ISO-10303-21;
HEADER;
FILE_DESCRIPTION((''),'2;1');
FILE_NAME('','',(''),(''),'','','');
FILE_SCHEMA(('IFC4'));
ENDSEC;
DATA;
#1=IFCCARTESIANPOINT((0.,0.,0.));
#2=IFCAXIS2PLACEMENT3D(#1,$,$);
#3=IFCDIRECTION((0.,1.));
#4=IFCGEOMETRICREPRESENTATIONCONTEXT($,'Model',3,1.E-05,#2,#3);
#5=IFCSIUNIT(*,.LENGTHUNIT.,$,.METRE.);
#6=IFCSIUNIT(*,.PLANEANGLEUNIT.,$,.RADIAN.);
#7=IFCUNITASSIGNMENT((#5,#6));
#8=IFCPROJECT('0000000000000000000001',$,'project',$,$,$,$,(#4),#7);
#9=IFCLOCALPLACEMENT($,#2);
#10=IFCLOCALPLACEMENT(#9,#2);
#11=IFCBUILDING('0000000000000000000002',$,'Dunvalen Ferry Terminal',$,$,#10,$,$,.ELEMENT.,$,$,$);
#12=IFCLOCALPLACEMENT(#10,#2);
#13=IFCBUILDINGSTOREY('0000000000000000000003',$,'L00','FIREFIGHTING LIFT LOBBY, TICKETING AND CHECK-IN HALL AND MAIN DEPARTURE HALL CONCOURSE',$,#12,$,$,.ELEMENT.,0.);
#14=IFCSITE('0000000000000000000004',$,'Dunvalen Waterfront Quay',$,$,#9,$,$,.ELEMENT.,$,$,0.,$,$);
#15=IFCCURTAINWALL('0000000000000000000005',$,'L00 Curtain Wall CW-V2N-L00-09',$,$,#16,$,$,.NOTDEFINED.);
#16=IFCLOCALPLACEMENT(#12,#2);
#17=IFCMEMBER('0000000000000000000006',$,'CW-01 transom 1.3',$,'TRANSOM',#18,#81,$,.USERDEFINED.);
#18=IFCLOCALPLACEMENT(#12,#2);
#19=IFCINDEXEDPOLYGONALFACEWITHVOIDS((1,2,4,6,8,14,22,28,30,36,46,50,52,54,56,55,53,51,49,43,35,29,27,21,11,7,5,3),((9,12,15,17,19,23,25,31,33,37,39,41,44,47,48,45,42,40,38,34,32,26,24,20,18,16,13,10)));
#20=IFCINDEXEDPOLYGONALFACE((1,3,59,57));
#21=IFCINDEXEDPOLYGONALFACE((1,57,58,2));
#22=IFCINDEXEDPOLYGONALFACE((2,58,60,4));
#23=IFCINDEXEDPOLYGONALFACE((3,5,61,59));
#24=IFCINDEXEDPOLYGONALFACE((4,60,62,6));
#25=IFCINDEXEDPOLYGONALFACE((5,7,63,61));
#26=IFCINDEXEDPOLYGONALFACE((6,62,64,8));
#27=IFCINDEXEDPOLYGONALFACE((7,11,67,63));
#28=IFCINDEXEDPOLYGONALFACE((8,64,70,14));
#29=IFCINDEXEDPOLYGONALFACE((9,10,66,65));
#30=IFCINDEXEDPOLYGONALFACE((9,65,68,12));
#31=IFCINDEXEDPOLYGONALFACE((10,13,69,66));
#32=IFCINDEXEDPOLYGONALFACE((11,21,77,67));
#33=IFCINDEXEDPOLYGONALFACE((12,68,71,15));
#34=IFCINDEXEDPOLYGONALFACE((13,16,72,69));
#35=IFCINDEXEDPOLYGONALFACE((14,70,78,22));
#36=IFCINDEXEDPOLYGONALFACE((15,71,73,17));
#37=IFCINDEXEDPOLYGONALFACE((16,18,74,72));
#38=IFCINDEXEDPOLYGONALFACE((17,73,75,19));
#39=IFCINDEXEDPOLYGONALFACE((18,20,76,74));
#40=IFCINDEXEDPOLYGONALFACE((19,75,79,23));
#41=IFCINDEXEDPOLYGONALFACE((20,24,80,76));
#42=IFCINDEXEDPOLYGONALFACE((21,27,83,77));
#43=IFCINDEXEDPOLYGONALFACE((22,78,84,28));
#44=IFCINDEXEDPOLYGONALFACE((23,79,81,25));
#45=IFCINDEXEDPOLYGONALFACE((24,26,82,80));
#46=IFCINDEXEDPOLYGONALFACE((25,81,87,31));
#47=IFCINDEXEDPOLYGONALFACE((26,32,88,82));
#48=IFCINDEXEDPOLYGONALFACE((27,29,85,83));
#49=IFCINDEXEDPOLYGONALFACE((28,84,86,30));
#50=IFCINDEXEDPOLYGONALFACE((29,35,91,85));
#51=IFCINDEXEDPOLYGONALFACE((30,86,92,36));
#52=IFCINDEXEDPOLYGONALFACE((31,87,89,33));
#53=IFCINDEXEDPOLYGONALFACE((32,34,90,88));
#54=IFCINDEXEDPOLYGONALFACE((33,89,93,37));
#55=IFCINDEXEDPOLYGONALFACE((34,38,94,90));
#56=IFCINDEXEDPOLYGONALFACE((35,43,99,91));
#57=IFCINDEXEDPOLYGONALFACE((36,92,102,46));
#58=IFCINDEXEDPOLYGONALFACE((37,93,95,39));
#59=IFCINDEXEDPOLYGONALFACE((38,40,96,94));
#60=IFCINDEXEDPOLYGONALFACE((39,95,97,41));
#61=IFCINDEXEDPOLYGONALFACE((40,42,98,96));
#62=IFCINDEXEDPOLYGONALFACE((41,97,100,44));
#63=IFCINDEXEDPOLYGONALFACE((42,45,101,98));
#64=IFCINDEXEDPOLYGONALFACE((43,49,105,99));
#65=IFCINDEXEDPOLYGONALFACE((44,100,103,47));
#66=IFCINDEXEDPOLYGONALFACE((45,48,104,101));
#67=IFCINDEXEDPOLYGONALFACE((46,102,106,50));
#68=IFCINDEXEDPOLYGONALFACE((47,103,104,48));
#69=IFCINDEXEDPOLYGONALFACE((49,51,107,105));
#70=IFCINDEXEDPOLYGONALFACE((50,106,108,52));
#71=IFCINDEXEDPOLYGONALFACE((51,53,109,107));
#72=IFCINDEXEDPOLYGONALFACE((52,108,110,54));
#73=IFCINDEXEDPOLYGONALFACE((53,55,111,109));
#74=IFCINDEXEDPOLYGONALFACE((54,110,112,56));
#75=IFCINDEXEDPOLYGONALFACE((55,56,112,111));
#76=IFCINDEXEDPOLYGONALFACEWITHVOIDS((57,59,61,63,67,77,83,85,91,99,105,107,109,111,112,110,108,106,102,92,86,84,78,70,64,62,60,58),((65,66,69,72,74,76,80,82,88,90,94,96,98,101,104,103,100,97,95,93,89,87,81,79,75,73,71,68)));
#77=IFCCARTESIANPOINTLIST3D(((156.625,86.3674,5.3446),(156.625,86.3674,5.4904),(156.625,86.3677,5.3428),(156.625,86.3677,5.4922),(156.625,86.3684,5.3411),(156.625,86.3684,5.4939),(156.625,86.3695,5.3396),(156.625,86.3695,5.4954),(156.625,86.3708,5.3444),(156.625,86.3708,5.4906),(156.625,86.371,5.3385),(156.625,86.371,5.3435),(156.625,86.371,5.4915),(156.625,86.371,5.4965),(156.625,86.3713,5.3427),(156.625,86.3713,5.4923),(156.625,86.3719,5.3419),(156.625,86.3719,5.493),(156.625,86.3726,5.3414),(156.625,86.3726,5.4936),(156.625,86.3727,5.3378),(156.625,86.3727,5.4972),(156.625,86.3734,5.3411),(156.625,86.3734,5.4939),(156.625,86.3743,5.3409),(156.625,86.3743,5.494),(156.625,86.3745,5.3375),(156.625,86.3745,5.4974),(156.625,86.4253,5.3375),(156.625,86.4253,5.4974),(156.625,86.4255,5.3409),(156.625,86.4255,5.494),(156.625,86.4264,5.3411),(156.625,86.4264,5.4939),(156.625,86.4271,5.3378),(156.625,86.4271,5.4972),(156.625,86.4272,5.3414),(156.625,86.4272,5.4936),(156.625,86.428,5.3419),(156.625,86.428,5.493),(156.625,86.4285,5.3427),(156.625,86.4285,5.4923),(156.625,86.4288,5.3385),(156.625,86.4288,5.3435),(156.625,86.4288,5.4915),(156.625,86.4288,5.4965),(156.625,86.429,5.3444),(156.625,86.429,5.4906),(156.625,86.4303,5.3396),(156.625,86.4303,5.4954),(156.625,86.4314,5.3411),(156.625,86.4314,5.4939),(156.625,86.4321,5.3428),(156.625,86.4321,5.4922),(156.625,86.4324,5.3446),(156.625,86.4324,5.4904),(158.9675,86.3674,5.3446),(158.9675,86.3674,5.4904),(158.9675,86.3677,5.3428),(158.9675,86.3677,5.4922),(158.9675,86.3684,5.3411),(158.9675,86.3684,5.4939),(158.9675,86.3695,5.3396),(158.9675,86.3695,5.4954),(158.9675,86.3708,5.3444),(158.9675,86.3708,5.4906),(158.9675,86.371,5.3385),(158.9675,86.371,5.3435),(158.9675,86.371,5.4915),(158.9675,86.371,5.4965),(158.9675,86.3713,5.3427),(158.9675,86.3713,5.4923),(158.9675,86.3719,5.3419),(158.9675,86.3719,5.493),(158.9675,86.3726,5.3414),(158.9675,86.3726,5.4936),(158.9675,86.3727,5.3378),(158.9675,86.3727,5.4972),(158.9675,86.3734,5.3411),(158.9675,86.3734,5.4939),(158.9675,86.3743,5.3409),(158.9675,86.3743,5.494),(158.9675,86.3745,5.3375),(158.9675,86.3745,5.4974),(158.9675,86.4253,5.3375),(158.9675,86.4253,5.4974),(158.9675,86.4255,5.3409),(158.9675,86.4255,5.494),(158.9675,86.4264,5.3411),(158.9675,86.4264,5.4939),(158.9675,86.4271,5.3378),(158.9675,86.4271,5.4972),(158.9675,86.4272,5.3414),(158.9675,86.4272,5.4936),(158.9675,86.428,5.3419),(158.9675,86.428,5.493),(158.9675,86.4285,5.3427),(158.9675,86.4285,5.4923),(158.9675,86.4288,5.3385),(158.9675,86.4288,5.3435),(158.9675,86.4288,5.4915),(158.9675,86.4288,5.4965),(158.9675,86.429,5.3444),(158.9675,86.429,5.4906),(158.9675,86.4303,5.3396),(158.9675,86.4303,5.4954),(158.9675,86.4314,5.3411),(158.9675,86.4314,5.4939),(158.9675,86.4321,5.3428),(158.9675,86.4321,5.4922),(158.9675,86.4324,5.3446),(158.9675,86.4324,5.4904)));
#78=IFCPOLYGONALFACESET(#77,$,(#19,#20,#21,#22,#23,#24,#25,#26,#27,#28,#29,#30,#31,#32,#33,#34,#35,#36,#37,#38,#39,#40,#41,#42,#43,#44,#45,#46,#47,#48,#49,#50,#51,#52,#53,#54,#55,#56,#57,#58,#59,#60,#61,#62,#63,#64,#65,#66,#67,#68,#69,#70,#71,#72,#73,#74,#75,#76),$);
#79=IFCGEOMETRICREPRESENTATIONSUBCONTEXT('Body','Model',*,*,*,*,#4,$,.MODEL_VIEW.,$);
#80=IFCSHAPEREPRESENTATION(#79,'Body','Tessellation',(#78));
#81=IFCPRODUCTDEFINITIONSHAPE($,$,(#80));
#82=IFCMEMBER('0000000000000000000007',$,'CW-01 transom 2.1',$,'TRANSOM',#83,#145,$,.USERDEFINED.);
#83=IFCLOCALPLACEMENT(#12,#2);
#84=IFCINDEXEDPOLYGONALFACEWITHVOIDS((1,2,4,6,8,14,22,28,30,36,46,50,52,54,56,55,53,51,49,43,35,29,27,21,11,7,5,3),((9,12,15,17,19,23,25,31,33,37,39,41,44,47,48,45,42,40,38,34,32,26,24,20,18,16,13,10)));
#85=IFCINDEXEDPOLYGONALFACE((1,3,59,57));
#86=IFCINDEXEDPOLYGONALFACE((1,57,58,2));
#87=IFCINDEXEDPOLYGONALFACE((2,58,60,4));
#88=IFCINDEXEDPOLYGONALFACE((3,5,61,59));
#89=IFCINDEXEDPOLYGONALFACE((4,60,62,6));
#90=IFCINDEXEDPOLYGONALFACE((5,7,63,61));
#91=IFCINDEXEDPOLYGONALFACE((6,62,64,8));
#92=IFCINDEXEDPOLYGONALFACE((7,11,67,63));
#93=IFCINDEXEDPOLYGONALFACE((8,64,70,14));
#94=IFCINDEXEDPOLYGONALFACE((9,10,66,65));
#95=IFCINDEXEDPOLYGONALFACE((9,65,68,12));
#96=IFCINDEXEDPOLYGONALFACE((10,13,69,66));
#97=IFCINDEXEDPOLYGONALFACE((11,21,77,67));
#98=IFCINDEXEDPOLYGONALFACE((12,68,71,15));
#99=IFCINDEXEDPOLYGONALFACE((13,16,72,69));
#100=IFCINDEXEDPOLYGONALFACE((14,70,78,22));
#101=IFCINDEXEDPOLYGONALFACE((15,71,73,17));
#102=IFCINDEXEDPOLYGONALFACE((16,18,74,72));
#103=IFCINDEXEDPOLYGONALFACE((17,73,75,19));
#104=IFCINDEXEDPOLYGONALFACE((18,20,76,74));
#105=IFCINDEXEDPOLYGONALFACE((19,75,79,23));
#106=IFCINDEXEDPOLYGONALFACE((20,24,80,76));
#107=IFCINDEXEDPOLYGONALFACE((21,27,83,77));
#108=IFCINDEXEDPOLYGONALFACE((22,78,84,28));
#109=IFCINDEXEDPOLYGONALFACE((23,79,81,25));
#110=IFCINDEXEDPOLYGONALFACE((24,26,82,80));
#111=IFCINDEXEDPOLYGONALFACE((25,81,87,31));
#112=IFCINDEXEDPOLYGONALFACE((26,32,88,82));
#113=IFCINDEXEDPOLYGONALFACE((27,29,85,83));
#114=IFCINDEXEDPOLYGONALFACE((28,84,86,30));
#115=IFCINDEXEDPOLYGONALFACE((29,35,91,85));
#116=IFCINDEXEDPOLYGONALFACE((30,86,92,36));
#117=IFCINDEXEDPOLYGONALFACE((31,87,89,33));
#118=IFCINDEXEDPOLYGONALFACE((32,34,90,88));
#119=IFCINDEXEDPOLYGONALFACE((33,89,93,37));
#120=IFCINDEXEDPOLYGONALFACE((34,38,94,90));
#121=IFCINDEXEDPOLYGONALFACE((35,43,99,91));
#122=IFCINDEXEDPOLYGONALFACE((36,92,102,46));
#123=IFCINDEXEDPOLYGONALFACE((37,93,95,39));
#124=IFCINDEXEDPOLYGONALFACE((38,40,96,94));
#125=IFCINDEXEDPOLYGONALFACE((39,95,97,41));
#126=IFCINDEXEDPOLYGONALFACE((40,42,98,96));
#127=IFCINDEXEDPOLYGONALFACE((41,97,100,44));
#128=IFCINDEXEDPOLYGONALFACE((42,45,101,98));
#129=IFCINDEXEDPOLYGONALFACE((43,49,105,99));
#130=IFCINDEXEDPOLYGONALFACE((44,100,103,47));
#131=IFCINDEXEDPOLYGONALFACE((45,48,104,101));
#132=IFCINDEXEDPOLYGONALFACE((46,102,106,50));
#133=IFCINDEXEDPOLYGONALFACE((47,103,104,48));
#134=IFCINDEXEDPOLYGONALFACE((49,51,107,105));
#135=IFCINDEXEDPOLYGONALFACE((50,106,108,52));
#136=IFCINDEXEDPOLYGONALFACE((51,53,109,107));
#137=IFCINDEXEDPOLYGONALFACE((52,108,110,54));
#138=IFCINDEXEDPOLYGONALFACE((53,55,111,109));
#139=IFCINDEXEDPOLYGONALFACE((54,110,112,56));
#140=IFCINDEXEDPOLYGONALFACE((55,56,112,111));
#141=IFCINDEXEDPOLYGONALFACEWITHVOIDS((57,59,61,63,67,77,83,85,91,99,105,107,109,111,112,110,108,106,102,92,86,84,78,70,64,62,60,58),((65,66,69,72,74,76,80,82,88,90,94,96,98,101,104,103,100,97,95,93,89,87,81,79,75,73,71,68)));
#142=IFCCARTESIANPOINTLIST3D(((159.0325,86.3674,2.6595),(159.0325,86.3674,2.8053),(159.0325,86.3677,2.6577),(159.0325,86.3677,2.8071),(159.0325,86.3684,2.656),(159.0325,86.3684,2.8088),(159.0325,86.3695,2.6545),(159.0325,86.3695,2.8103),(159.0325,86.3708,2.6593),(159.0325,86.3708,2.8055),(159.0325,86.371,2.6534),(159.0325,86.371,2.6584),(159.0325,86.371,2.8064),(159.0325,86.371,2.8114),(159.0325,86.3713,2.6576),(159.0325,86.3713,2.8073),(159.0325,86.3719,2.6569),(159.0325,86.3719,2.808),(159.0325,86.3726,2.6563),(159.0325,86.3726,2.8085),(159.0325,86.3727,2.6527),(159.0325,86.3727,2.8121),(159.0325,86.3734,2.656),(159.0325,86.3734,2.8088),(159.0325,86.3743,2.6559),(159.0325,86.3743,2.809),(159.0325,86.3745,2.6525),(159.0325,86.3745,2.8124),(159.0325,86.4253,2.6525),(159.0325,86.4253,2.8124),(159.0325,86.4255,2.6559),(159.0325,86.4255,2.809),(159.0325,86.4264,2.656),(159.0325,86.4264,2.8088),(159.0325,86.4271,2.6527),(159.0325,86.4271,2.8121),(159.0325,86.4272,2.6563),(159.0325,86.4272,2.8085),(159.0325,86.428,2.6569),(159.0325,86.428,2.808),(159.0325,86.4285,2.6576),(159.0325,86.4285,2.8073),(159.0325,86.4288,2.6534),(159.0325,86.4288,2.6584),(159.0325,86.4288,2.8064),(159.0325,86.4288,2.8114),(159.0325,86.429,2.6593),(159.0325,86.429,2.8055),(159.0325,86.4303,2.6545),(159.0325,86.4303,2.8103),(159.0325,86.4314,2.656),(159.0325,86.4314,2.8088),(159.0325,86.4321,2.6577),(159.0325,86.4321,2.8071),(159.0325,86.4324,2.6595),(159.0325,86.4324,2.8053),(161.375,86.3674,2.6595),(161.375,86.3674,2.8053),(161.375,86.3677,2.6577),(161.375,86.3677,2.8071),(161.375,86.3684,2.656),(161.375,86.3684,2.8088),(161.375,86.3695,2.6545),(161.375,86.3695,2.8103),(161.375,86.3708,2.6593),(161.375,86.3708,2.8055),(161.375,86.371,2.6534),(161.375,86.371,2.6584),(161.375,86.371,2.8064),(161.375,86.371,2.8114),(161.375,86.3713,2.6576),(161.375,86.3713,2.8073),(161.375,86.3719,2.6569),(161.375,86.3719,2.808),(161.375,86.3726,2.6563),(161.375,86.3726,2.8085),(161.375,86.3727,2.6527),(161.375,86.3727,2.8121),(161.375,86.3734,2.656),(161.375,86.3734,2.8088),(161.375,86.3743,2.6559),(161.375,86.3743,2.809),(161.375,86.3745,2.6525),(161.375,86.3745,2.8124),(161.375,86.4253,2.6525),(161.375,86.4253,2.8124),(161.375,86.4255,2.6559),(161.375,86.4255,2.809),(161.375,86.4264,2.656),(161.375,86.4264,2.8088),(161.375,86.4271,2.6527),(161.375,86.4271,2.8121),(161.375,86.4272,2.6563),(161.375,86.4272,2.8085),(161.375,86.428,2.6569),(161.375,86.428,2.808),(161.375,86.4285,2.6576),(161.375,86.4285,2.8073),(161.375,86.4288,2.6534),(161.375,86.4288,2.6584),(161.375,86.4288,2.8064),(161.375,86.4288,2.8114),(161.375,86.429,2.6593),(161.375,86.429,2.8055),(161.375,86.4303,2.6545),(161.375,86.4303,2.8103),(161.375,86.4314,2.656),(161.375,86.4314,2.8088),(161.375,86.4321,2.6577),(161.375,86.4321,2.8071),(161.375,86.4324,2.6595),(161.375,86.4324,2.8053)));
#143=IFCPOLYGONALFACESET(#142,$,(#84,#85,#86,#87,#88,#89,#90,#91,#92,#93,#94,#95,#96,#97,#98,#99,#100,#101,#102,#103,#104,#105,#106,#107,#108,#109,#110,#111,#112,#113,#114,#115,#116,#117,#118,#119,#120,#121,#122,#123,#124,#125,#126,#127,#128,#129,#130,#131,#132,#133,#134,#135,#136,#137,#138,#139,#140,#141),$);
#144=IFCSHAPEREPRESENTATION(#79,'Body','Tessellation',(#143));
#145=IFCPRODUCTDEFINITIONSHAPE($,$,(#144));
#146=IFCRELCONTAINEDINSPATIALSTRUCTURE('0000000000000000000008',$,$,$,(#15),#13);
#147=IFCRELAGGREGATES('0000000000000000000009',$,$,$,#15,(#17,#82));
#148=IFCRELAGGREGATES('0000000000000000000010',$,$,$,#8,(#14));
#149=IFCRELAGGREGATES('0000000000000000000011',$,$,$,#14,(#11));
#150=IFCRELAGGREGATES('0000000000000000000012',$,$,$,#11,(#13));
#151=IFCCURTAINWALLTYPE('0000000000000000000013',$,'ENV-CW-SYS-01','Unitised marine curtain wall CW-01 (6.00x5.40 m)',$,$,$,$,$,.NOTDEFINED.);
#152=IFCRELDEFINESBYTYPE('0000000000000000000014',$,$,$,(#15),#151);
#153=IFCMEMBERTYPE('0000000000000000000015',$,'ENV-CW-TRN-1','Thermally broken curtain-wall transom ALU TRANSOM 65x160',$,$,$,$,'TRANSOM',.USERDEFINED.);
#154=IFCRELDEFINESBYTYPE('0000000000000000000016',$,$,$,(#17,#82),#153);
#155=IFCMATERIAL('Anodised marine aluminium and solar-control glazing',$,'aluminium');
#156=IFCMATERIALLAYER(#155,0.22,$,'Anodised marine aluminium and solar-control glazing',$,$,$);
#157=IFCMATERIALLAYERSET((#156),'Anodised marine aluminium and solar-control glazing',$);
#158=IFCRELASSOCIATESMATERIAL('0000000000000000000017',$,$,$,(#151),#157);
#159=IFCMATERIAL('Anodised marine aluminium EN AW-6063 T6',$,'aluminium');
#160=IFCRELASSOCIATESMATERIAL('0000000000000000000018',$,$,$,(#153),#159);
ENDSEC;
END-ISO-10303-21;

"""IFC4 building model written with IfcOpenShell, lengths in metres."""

from ifc_helpers import new_model, si_unit, direction, frame, origin, origin_2d, place, context, subcontext, project, spatial, hollow_rectangle, extrude, material, layer, layer_set, material_profile, profile_set, type_object, element, aggregate, save


model = new_model("IFC4")

# Units and contexts
model_context = context("Model", 3, precision=1e-05, world=origin(), true_north=direction((0.0, 1.0)))
body_context = subcontext(model_context, "Body", "Model", "MODEL_VIEW")
ifc_project = project(units=[si_unit("LENGTHUNIT", "METRE"), si_unit("PLANEANGLEUNIT", "RADIAN")], contexts=[model_context])

# Site, building, storey
site_placement = place(None, origin())
site = spatial("IfcSite", under=ifc_project, at=site_placement, Name="Dunvalen Waterfront Quay", CompositionType="ELEMENT", RefElevation=0.0)
building_placement = place(site_placement, origin())
building = spatial("IfcBuilding", under=site, at=building_placement, Name="Dunvalen Ferry Terminal", CompositionType="ELEMENT")
storey_placement = place(building_placement, origin())
storey = spatial("IfcBuildingStorey", under=building, at=storey_placement, Name="L00", Description="FIREFIGHTING LIFT LOBBY, TICKETING AND CHECK-IN HALL AND MAIN DEPARTURE HALL CONCOURSE", CompositionType="ELEMENT", Elevation=0.0)

# Curtain wall
ifc_material_1 = material(Name="Anodised marine aluminium and solar-control glazing", Category="aluminium")
ifc_layer_1 = layer(ifc_material_1, 0.22, Name="Anodised marine aluminium and solar-control glazing")
ifc_layer_set_1 = layer_set([ifc_layer_1], Name="Anodised marine aluminium and solar-control glazing")
curtain_wall_type = type_object("IfcCurtainWallType", Name="ENV-CW-SYS-01", Description="Unitised marine curtain wall CW-01 (6.00x5.40 m)", PredefinedType="NOTDEFINED", material=ifc_layer_set_1)
curtain_wall_1_placement = place(storey_placement, origin())
curtain_wall_1 = element("IfcCurtainWall", 1, at=curtain_wall_1_placement, inside=storey, type_object=curtain_wall_type, Name="L00 Curtain Wall CW-V2N-L00-09", PredefinedType="NOTDEFINED")
ifc_material_2 = material(Name="Anodised marine aluminium EN AW-6063 T6", Category="aluminium")

# Members
ifc_material_profile_1 = material_profile(ifc_material_2, hollow_rectangle(XDim=0.0649, YDim=0.1599, WallThickness=0.0034, InnerFilletRadius=0.0034, OuterFilletRadius=0.0071, at=origin_2d()), Name="Anodised marine aluminium EN AW-6063 T6")
ifc_profile_set_1 = profile_set([ifc_material_profile_1], Name="Anodised marine aluminium EN AW-6063 T6")
member_type_1 = type_object("IfcMemberType", Name="ENV-CW-TRN-1", Description="Thermally broken curtain-wall transom ALU TRANSOM 65x160", ElementType="TRANSOM", PredefinedType="USERDEFINED", material=ifc_profile_set_1)
member_1_placement = place(storey_placement, frame((156.625, 86.3999, 5.4175), z_axis=(1.0, 0.0, 0.0), x_axis=(0.0, 1.0, 0.0)))
member_1 = element("IfcMember", 2, at=member_1_placement, type_object=member_type_1, Name="CW-01 transom 1.3", ObjectType="TRANSOM", PredefinedType="USERDEFINED", context=body_context, shape_type="SweptSolid", body=[
    extrude(hollow_rectangle(XDim=0.0649, YDim=0.1599, WallThickness=0.0034, InnerFilletRadius=0.0034, OuterFilletRadius=0.0071, at=origin_2d()), origin(), (0.0, 0.0, 1.0), 2.3425),
])
member_2_placement = place(storey_placement, frame((159.0325, 86.3999, 2.7324), z_axis=(1.0, 0.0, 0.0), x_axis=(0.0, 1.0, 0.0)))
member_2 = element("IfcMember", 3, at=member_2_placement, type_object=member_type_1, Name="CW-01 transom 2.1", ObjectType="TRANSOM", PredefinedType="USERDEFINED", context=body_context, shape_type="SweptSolid", body=[
    extrude(hollow_rectangle(XDim=0.0649, YDim=0.1599, WallThickness=0.0034, InnerFilletRadius=0.0034, OuterFilletRadius=0.0071, at=origin_2d()), origin(), (0.0, 0.0, 1.0), 2.3425),
])

aggregate(curtain_wall_1, [member_1, member_2])

save(model, "model.ifc")
